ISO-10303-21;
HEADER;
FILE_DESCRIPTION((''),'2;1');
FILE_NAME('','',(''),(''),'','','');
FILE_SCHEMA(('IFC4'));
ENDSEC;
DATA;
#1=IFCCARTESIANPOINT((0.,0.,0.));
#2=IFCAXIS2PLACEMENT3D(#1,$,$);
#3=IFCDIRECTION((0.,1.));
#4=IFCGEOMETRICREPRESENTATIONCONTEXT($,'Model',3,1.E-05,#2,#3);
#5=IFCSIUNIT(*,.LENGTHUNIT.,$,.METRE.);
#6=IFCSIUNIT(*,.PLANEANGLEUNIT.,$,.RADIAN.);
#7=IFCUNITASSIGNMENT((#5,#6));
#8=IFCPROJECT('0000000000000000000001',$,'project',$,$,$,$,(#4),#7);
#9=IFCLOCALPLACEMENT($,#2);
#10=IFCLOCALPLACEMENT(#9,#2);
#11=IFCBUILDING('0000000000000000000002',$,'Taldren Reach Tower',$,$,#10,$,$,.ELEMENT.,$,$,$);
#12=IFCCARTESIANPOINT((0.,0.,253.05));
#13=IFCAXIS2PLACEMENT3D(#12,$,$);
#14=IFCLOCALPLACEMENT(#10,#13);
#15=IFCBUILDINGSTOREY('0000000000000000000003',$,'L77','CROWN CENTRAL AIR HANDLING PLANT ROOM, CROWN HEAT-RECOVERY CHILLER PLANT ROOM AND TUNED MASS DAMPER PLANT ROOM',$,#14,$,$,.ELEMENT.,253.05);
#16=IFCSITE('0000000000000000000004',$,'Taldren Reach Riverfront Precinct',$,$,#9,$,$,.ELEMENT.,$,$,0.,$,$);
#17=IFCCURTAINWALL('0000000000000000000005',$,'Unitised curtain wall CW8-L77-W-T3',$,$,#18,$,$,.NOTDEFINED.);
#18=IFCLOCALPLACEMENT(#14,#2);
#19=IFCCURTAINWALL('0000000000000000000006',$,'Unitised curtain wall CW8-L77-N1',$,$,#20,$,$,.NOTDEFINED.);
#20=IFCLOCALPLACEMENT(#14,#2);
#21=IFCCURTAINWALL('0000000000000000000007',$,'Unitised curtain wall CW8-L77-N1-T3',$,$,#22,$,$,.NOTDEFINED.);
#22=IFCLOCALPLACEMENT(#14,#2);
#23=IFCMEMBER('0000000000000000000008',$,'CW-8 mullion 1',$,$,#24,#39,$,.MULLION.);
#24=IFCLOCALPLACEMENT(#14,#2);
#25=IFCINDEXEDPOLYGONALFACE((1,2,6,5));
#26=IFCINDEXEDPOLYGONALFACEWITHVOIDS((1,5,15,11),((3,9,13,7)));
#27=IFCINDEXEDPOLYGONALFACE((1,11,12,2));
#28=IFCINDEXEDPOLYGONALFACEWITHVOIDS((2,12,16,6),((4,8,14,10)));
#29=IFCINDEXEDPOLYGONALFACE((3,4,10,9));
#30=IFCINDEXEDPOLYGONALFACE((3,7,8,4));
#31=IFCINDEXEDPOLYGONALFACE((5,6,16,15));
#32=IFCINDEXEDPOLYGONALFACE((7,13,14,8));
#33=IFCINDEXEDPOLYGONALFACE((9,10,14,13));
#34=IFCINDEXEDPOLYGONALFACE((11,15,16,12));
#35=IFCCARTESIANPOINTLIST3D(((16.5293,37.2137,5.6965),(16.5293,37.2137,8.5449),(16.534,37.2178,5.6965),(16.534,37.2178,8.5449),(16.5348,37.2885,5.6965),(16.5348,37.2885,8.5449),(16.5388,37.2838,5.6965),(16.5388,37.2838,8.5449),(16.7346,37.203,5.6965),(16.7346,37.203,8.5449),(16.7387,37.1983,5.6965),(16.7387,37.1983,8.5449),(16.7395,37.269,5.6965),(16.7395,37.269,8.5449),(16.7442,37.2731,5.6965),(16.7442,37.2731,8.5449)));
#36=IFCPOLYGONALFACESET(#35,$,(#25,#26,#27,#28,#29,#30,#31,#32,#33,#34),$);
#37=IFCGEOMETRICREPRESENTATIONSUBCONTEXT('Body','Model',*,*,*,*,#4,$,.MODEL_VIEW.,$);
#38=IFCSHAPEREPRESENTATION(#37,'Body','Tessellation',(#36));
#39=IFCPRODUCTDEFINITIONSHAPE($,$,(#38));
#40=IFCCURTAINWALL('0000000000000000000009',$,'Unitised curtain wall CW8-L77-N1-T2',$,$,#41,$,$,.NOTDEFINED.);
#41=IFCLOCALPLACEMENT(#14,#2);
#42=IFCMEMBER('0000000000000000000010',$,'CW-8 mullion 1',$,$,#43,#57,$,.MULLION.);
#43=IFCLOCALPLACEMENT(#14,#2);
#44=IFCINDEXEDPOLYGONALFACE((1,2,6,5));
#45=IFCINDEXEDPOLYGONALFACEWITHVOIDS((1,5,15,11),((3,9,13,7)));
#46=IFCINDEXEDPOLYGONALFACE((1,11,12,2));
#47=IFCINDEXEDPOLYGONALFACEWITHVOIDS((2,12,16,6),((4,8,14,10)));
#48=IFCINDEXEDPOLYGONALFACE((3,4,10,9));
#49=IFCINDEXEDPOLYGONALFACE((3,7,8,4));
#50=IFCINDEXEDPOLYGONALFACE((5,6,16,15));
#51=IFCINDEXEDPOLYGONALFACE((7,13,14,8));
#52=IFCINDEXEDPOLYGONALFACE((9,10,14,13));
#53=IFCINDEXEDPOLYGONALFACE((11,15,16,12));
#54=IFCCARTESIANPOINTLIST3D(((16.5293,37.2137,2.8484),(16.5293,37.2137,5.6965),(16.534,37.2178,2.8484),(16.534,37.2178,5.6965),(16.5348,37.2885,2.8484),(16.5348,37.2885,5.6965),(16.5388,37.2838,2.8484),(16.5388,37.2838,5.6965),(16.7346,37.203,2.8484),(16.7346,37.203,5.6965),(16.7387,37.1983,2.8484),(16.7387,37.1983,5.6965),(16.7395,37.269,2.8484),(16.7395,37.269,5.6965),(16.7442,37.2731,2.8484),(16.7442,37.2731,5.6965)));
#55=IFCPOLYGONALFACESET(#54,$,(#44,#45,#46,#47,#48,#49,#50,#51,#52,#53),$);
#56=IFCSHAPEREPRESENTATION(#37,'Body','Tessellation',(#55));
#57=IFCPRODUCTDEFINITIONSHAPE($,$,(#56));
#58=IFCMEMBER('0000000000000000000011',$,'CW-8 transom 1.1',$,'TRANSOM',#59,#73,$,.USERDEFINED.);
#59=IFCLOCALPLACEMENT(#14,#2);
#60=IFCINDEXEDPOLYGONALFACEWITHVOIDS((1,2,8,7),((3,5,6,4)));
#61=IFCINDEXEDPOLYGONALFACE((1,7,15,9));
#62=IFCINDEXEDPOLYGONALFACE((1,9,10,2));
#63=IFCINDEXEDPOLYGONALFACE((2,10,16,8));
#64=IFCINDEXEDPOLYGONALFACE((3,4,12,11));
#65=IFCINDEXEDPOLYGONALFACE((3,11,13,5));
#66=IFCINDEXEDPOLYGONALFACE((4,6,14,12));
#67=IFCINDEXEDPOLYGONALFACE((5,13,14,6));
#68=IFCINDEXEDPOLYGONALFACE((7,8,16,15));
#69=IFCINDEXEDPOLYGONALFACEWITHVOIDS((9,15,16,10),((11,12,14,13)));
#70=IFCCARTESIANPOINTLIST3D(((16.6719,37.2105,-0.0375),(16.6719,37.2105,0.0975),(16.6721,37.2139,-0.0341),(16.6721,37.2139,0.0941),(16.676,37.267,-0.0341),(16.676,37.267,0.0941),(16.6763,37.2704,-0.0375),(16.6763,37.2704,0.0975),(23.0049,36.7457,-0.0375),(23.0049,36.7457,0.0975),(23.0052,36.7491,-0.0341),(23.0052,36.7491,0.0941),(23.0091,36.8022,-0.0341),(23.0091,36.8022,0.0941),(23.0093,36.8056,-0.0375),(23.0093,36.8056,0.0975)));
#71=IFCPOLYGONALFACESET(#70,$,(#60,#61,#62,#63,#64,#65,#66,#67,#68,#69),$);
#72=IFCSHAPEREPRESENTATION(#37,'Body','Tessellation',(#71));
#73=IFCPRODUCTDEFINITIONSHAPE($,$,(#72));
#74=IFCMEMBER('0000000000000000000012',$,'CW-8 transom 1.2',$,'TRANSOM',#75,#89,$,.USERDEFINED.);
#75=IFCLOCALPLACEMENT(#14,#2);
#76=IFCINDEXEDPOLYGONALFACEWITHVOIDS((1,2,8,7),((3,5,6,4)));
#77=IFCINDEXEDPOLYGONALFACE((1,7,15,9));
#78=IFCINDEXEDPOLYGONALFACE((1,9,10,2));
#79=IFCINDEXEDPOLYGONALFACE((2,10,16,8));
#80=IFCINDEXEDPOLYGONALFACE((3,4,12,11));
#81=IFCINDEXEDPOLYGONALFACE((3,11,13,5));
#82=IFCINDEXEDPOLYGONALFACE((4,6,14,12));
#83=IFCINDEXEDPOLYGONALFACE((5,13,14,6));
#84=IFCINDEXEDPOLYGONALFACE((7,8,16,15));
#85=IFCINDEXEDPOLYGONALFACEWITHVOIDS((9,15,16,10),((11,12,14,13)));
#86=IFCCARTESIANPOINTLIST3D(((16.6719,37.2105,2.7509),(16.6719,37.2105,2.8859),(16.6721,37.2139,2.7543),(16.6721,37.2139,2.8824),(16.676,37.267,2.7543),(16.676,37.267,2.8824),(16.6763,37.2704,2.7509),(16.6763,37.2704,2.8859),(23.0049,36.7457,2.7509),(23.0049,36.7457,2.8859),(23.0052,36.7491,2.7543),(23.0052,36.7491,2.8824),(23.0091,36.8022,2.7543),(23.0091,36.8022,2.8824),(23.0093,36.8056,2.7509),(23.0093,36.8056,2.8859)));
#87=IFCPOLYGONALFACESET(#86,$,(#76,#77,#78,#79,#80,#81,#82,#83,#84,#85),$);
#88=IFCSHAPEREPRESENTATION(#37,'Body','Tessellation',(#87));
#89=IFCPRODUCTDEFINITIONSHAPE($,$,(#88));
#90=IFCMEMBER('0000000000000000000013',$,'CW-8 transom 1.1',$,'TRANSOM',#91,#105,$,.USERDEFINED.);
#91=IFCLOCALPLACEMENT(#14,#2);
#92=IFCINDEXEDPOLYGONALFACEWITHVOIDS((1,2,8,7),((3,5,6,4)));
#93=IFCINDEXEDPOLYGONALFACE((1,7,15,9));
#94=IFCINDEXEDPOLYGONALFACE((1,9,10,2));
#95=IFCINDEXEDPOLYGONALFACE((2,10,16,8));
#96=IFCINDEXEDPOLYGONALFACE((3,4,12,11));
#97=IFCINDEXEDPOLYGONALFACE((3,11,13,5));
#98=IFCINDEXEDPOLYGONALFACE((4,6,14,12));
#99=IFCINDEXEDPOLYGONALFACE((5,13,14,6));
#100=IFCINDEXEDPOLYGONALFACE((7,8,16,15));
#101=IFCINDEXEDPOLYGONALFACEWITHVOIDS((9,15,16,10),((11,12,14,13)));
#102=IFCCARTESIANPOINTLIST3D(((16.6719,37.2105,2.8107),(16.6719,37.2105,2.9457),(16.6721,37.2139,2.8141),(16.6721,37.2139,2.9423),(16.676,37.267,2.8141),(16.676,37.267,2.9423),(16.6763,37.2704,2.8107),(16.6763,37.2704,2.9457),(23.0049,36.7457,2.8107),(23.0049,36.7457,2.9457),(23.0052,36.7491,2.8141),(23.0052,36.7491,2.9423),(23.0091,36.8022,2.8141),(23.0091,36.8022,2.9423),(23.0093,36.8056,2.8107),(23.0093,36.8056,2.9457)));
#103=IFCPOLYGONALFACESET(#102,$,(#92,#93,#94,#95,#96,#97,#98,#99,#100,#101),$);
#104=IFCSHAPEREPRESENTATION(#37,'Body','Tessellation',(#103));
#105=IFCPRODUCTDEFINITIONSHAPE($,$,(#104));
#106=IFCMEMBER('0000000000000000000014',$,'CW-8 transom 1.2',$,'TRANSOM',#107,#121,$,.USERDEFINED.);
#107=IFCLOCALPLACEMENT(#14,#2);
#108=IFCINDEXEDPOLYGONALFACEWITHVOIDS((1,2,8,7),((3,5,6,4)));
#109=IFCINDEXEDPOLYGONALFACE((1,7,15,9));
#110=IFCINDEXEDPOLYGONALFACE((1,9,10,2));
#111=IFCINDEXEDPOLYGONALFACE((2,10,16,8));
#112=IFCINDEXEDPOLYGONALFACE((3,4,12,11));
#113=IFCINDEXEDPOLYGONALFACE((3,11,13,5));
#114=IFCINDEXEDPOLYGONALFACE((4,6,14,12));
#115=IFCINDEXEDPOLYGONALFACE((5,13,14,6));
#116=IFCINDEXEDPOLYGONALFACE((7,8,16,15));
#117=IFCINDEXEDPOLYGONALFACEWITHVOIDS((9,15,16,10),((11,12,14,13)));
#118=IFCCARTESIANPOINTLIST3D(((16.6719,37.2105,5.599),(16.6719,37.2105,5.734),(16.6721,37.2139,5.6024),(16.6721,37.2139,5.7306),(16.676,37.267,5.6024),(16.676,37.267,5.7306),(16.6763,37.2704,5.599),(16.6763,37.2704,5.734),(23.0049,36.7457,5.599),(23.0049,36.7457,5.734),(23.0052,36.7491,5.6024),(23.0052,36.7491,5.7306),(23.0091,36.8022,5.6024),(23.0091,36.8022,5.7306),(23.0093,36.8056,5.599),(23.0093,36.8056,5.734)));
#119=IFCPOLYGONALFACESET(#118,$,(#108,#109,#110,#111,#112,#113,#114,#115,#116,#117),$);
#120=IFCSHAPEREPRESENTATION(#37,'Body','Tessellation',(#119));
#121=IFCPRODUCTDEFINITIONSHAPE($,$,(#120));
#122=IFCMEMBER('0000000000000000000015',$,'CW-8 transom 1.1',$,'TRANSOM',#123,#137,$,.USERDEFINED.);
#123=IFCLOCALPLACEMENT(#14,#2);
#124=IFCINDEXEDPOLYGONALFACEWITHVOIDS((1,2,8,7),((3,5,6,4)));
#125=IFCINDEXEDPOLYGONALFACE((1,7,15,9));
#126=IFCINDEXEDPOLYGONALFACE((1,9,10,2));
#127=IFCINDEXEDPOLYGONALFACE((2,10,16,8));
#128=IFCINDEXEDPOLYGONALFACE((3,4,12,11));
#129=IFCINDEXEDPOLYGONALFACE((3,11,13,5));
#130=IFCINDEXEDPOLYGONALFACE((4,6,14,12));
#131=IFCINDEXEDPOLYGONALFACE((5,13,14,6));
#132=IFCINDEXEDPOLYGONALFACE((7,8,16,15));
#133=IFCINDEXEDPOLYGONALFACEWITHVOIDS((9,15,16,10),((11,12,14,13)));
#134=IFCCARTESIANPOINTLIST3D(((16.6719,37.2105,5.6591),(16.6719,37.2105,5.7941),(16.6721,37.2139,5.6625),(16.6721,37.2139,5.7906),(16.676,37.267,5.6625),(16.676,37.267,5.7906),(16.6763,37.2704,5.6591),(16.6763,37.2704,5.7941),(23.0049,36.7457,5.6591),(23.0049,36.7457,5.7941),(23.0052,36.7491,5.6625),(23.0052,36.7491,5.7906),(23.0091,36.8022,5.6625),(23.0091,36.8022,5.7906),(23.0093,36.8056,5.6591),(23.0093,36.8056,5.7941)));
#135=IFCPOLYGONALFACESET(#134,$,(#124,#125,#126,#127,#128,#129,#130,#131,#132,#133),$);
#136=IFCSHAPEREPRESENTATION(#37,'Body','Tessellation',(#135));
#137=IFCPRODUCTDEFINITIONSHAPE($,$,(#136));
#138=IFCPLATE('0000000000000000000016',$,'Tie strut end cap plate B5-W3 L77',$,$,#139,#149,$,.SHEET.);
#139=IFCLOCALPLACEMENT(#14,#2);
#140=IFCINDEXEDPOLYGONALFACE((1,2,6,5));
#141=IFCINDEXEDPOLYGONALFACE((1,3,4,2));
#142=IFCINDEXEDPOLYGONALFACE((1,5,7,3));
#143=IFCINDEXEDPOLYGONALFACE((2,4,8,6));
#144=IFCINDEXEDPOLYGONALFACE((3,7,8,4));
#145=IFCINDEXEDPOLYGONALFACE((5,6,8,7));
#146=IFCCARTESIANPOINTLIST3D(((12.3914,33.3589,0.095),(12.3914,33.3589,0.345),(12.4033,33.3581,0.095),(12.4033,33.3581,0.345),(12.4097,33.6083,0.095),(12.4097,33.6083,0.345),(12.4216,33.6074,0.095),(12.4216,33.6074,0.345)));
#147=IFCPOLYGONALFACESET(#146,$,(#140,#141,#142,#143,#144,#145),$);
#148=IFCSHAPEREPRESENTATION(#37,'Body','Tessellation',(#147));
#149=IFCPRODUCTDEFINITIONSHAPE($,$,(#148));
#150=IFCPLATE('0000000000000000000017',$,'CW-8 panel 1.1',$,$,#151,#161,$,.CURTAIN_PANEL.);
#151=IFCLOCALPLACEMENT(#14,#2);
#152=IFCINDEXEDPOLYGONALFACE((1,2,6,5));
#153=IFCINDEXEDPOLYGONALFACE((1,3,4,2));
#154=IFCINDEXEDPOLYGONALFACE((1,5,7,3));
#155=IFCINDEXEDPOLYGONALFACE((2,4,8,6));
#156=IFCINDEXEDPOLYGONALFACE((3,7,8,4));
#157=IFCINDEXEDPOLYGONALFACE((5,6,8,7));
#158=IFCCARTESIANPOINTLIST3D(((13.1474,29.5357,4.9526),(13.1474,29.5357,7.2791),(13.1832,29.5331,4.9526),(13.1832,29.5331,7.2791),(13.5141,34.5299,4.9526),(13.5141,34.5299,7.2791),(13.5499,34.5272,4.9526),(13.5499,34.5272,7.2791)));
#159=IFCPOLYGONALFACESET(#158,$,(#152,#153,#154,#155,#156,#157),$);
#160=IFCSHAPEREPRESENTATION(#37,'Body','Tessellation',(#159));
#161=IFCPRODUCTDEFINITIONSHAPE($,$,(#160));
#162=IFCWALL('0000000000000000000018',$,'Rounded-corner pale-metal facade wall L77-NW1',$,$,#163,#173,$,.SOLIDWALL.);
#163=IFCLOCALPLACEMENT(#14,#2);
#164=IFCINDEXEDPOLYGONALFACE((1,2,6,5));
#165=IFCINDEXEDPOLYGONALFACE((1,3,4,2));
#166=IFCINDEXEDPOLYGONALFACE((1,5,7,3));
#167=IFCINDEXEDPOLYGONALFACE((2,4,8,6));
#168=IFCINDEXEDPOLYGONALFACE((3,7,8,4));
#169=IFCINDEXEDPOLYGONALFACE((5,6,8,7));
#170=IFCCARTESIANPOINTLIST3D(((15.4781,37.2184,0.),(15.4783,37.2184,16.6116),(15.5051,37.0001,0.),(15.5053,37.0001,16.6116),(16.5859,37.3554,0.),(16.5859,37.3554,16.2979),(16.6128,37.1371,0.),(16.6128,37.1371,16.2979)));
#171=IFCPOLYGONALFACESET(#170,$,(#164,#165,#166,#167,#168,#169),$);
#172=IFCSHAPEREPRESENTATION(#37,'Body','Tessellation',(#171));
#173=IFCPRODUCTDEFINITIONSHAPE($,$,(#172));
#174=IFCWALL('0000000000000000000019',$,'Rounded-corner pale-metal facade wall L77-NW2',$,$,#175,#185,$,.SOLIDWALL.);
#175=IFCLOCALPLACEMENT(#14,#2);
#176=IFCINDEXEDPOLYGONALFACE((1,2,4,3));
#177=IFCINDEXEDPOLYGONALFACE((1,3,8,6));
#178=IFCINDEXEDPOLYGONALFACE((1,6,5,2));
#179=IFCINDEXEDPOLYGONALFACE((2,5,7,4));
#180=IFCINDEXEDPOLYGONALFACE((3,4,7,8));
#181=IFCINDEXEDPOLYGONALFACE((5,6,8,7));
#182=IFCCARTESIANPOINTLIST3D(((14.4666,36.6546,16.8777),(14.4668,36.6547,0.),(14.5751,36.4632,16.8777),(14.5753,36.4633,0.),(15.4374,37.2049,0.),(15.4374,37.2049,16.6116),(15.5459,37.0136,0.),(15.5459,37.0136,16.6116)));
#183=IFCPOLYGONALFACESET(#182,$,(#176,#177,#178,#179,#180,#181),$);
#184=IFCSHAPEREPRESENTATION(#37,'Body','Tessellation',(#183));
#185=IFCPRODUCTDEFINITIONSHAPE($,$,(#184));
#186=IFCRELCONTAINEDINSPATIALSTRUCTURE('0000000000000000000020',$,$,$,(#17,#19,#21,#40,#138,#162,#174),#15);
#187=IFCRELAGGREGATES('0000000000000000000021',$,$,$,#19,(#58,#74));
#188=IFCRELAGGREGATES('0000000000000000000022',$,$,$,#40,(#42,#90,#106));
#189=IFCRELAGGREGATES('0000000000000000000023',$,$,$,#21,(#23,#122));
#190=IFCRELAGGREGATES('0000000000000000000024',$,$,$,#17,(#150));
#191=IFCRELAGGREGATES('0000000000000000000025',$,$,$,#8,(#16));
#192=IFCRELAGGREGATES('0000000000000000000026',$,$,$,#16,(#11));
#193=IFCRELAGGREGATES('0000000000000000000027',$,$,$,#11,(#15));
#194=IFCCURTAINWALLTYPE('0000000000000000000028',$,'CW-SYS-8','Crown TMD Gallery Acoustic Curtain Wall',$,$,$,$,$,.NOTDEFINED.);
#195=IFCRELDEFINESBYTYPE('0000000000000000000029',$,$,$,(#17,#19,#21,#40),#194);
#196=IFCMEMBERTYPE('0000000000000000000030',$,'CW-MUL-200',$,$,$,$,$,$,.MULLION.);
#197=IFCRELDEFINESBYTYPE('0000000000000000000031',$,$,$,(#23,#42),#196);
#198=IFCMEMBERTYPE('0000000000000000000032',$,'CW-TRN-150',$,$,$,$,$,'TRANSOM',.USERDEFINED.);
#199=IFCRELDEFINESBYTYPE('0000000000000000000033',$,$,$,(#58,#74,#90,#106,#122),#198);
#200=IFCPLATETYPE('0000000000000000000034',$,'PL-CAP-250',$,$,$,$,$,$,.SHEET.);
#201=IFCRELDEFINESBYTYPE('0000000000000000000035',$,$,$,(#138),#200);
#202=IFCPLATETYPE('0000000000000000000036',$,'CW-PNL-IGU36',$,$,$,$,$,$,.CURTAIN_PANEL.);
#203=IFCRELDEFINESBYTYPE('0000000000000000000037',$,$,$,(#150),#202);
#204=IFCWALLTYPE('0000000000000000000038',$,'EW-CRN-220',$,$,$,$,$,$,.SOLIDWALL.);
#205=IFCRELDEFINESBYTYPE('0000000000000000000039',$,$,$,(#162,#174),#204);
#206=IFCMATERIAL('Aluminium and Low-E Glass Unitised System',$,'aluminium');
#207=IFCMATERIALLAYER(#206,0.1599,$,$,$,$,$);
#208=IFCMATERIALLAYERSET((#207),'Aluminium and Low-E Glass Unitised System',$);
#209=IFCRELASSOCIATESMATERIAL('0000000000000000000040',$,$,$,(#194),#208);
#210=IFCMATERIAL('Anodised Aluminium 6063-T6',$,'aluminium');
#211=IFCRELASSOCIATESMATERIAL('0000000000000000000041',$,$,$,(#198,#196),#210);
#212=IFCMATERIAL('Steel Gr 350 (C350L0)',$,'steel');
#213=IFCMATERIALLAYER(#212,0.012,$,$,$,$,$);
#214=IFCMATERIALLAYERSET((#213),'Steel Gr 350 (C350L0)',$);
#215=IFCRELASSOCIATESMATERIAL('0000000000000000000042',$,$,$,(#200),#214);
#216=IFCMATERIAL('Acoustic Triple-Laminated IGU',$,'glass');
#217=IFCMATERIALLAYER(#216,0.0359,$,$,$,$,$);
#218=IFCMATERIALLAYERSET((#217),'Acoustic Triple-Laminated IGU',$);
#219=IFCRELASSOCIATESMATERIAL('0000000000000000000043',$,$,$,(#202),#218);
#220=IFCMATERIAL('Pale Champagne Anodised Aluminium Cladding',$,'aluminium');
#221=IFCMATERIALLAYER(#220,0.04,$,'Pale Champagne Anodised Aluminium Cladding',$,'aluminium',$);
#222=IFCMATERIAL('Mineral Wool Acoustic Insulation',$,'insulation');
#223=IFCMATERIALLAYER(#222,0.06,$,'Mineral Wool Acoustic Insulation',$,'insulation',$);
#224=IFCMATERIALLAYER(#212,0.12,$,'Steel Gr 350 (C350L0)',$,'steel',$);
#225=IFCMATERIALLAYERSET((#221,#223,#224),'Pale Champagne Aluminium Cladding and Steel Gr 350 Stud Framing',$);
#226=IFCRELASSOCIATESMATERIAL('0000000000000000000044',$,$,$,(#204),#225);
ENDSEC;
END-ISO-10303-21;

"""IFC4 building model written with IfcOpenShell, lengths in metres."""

from ifc_helpers import new_model, si_unit, direction, frame, origin, origin_2d, place, context, subcontext, project, spatial, polyline, rectangle, hollow_rectangle, outline, extrude, source, transform, mapped, material, layer, layer_set, material_profile, profile_set, type_object, element, aggregate, save


model = new_model("IFC4")

# Units and contexts
model_context = context("Model", 3, precision=1e-05, world=origin(), true_north=direction((0.0, 1.0)))
body_context = subcontext(model_context, "Body", "Model", "MODEL_VIEW")
ifc_project = project(units=[si_unit("LENGTHUNIT", "METRE"), si_unit("PLANEANGLEUNIT", "RADIAN")], contexts=[model_context])

# Site, building, storey
site_placement = place(None, origin())
site = spatial("IfcSite", under=ifc_project, at=site_placement, Name="Taldren Reach Riverfront Precinct", CompositionType="ELEMENT", RefElevation=0.0)
building_placement = place(site_placement, origin())
building = spatial("IfcBuilding", under=site, at=building_placement, Name="Taldren Reach Tower", CompositionType="ELEMENT")
storey_placement = place(building_placement, frame((0.0, 0.0, 253.05)))
storey = spatial("IfcBuildingStorey", under=building, at=storey_placement, Name="L77", Description="CROWN CENTRAL AIR HANDLING PLANT ROOM, CROWN HEAT-RECOVERY CHILLER PLANT ROOM AND TUNED MASS DAMPER PLANT ROOM", CompositionType="ELEMENT", Elevation=253.05)

# Shared definitions
ifc_material_1 = material(Name="Steel Gr 350 (C350L0)", Category="steel")

# Shared definitions
ifc_material_2 = material(Name="Aluminium and Low-E Glass Unitised System", Category="aluminium")
ifc_layer_1 = layer(ifc_material_2, 0.1599)
ifc_layer_set_1 = layer_set([ifc_layer_1], Name="Aluminium and Low-E Glass Unitised System")
curtain_wall_type = type_object("IfcCurtainWallType", Name="CW-SYS-8", Description="Crown TMD Gallery Acoustic Curtain Wall", PredefinedType="NOTDEFINED", material=ifc_layer_set_1)
ifc_material_3 = material(Name="Anodised Aluminium 6063-T6", Category="aluminium")
ifc_material_profile_1 = material_profile(ifc_material_3, hollow_rectangle(XDim=0.0601, YDim=0.135, WallThickness=0.0034, at=origin_2d()), Name="ALU-135x60x3.5RHS")
ifc_profile_set_1 = profile_set([ifc_material_profile_1], Name="Anodised Aluminium 6063-T6")
member_type_1 = type_object("IfcMemberType", Name="CW-TRN-150", ElementType="TRANSOM", PredefinedType="USERDEFINED", material=ifc_profile_set_1)

# Curtain wall
curtain_wall_1_placement = place(storey_placement, origin())
curtain_wall_1 = element("IfcCurtainWall", 1, at=curtain_wall_1_placement, inside=storey, type_object=curtain_wall_type, Name="Unitised curtain wall CW8-L77-W-T3", PredefinedType="NOTDEFINED")

# Shared definitions
ifc_material_profile_2 = material_profile(ifc_material_3, hollow_rectangle(XDim=0.075, YDim=0.21, WallThickness=0.0044, at=origin_2d()), Name="ALU-210x75x4.5RHS")
ifc_profile_set_2 = profile_set([ifc_material_profile_2], Name="Anodised Aluminium 6063-T6")
member_type_2 = type_object("IfcMemberType", Name="CW-MUL-200", PredefinedType="MULLION", material=ifc_profile_set_2)

# Curtain walls, members
curtain_wall_2_placement = place(storey_placement, origin())
curtain_wall_2 = element("IfcCurtainWall", 2, at=curtain_wall_2_placement, inside=storey, type_object=curtain_wall_type, Name="Unitised curtain wall CW8-L77-N1", PredefinedType="NOTDEFINED")
shared_shape_1 = source(origin(), body_context, "Body", "SweptSolid", [
    extrude(hollow_rectangle(XDim=0.075, YDim=0.21, WallThickness=0.0044, at=origin_2d()), origin(), (0.0, 0.0, 1.0), 2.8484),
])
curtain_wall_3_placement = place(storey_placement, origin())
curtain_wall_3 = element("IfcCurtainWall", 3, at=curtain_wall_3_placement, inside=storey, type_object=curtain_wall_type, Name="Unitised curtain wall CW8-L77-N1-T3", PredefinedType="NOTDEFINED")
member_1_placement = place(storey_placement, frame((16.6367, 37.2434, 5.6965), z_axis=(0.0, 0.0, 1.0), x_axis=(0.073239, 0.997314, 0.0)))
member_1 = element("IfcMember", 4, at=member_1_placement, type_object=member_type_2, Name="CW-8 mullion 1", PredefinedType="MULLION", context=body_context, shape_type="MappedRepresentation", body=[
    mapped(shared_shape_1, transform((0.0, 0.0, 0.0), scale=1.0)),
])
curtain_wall_4_placement = place(storey_placement, origin())
curtain_wall_4 = element("IfcCurtainWall", 5, at=curtain_wall_4_placement, inside=storey, type_object=curtain_wall_type, Name="Unitised curtain wall CW8-L77-N1-T2", PredefinedType="NOTDEFINED")
shared_shape_2 = source(origin(), body_context, "Body", "SweptSolid", [
    extrude(hollow_rectangle(XDim=0.075, YDim=0.21, WallThickness=0.0044, at=origin_2d()), origin(), (0.0, 0.0, 1.0), 2.8481),
])
member_2_placement = place(storey_placement, frame((16.6367, 37.2434, 2.8484), z_axis=(0.0, 0.0, 1.0), x_axis=(0.073239, 0.997314, 0.0)))
member_2 = element("IfcMember", 6, at=member_2_placement, type_object=member_type_2, Name="CW-8 mullion 1", PredefinedType="MULLION", context=body_context, shape_type="MappedRepresentation", body=[
    mapped(shared_shape_2, transform((0.0, 0.0, 0.0), scale=1.0)),
])

# Members
shared_shape_3 = source(origin(), body_context, "Body", "SweptSolid", [
    extrude(hollow_rectangle(XDim=0.0601, YDim=0.135, WallThickness=0.0034, at=origin_2d()), origin(), (0.0, 0.0, 1.0), 6.3501),
])
member_3_placement = place(storey_placement, frame((16.6741, 37.2405, 0.03), z_axis=(0.997317, -0.073203, 0.0), x_axis=(0.073203, 0.997317, 0.0)))
member_3 = element("IfcMember", 7, at=member_3_placement, type_object=member_type_1, Name="CW-8 transom 1.1", ObjectType="TRANSOM", PredefinedType="USERDEFINED", context=body_context, shape_type="MappedRepresentation", body=[
    mapped(shared_shape_3, transform((0.0, 0.0, 0.0), scale=1.0)),
])
member_4_placement = place(storey_placement, frame((16.6741, 37.2405, 2.8184), z_axis=(0.997317, -0.073203, 0.0), x_axis=(0.073203, 0.997317, 0.0)))
member_4 = element("IfcMember", 8, at=member_4_placement, type_object=member_type_1, Name="CW-8 transom 1.2", ObjectType="TRANSOM", PredefinedType="USERDEFINED", context=body_context, shape_type="MappedRepresentation", body=[
    mapped(shared_shape_3, transform((0.0, 0.0, 0.0), scale=1.0)),
])
aggregate(curtain_wall_2, [member_3, member_4])
member_5_placement = place(storey_placement, frame((16.6741, 37.2405, 2.8782), z_axis=(0.997317, -0.073203, 0.0), x_axis=(0.073203, 0.997317, 0.0)))
member_5 = element("IfcMember", 9, at=member_5_placement, type_object=member_type_1, Name="CW-8 transom 1.1", ObjectType="TRANSOM", PredefinedType="USERDEFINED", context=body_context, shape_type="MappedRepresentation", body=[
    mapped(shared_shape_3, transform((0.0, 0.0, 0.0), scale=1.0)),
])
member_6_placement = place(storey_placement, frame((16.6741, 37.2405, 5.6665), z_axis=(0.997317, -0.073203, 0.0), x_axis=(0.073203, 0.997317, 0.0)))
member_6 = element("IfcMember", 10, at=member_6_placement, type_object=member_type_1, Name="CW-8 transom 1.2", ObjectType="TRANSOM", PredefinedType="USERDEFINED", context=body_context, shape_type="MappedRepresentation", body=[
    mapped(shared_shape_3, transform((0.0, 0.0, 0.0), scale=1.0)),
])
aggregate(curtain_wall_4, [member_2, member_5, member_6])
member_7_placement = place(storey_placement, frame((16.6741, 37.2405, 5.7266), z_axis=(0.997317, -0.073203, 0.0), x_axis=(0.073203, 0.997317, 0.0)))
member_7 = element("IfcMember", 11, at=member_7_placement, type_object=member_type_1, Name="CW-8 transom 1.1", ObjectType="TRANSOM", PredefinedType="USERDEFINED", context=body_context, shape_type="MappedRepresentation", body=[
    mapped(shared_shape_3, transform((0.0, 0.0, 0.0), scale=1.0)),
])
aggregate(curtain_wall_3, [member_1, member_7])

# Plates
ifc_layer_2 = layer(ifc_material_1, 0.012)
ifc_layer_set_2 = layer_set([ifc_layer_2], Name="Steel Gr 350 (C350L0)")
plate_type_1 = type_object("IfcPlateType", Name="PL-CAP-250", PredefinedType="SHEET", material=ifc_layer_set_2)
shared_shape_4 = source(origin(), body_context, "Body", "SweptSolid", [
    extrude(rectangle(XDim=0.012, YDim=0.25, at=origin_2d()), origin(), (0.0, 0.0, 1.0), 0.25),
])
plate_1_placement = place(storey_placement, frame((12.4065, 33.4832, 0.095), z_axis=(0.0, 0.0, 1.0), x_axis=(0.997314, -0.073238, 0.0)))
element("IfcPlate", 12, at=plate_1_placement, inside=storey, type_object=plate_type_1, Name="Tie strut end cap plate B5-W3 L77", PredefinedType="SHEET", context=body_context, shape_type="MappedRepresentation", body=[
    mapped(shared_shape_4, transform((0.0, 0.0, 0.0), scale=1.0)),
])
ifc_material_4 = material(Name="Acoustic Triple-Laminated IGU", Category="glass")
ifc_layer_3 = layer(ifc_material_4, 0.0359)
ifc_layer_set_3 = layer_set([ifc_layer_3], Name="Acoustic Triple-Laminated IGU")
plate_type_2 = type_object("IfcPlateType", Name="CW-PNL-IGU36", PredefinedType="CURTAIN_PANEL", material=ifc_layer_set_3)
shared_shape_5 = source(origin(), body_context, "Body", "SweptSolid", [
    extrude(rectangle(XDim=5.0076, YDim=0.0359, at=origin_2d()), origin(), (0.0, 0.0, 1.0), 2.3264),
])
plate_2_placement = place(storey_placement, frame((13.3486, 32.0315, 4.9526), z_axis=(0.0, 0.0, 1.0), x_axis=(-0.073238, -0.997314, 0.0)))
plate_2 = element("IfcPlate", 13, at=plate_2_placement, type_object=plate_type_2, Name="CW-8 panel 1.1", PredefinedType="CURTAIN_PANEL", context=body_context, shape_type="MappedRepresentation", body=[
    mapped(shared_shape_5, transform((0.0, 0.0, 0.0), scale=1.0)),
])
aggregate(curtain_wall_1, [plate_2])

# Walls
ifc_material_5 = material(Name="Pale Champagne Anodised Aluminium Cladding", Category="aluminium")
ifc_layer_4 = layer(ifc_material_5, 0.04, Name="Pale Champagne Anodised Aluminium Cladding", Category="aluminium")
ifc_material_6 = material(Name="Mineral Wool Acoustic Insulation", Category="insulation")
ifc_layer_5 = layer(ifc_material_6, 0.06, Name="Mineral Wool Acoustic Insulation", Category="insulation")
ifc_layer_6 = layer(ifc_material_1, 0.12, Name="Steel Gr 350 (C350L0)", Category="steel")
ifc_layer_set_4 = layer_set([ifc_layer_4, ifc_layer_5, ifc_layer_6], Name="Pale Champagne Aluminium Cladding and Steel Gr 350 Stud Framing")
wall_type = type_object("IfcWallType", Name="EW-CRN-220", PredefinedType="SOLIDWALL", material=ifc_layer_set_4)
wall_1_placement = place(storey_placement, frame((16.5994, 37.2461, 0.0), z_axis=(0.0, 0.0, 1.0), x_axis=(-0.992442, -0.122715, 0.0)))
element("IfcWall", 14, at=wall_1_placement, inside=storey, type_object=wall_type, Name="Rounded-corner pale-metal facade wall L77-NW1", PredefinedType="SOLIDWALL", context=body_context, shape_type="SweptSolid", body=[
    extrude(outline(polyline([(0.0, 0.0), (1.1162, 0.0), (1.116, 16.6116), (0.0, 16.2979), (0.0, 0.0)])), frame((0.0, 0.1099, 0.0), z_axis=(0.0, -1.0, 0.0), x_axis=(1.0, 0.0, 0.0)), (0.0, 0.0, 1.0), 0.22),
])
wall_2_placement = place(storey_placement, frame((15.4917, 37.1091, 0.0), z_axis=(0.0, 0.0, 1.0), x_axis=(-0.869935, -0.493167, 0.0)))
element("IfcWall", 15, at=wall_2_placement, inside=storey, type_object=wall_type, Name="Rounded-corner pale-metal facade wall L77-NW2", PredefinedType="SOLIDWALL", context=body_context, shape_type="SweptSolid", body=[
    extrude(outline(polyline([(0.0, 0.0), (1.1157, 0.0), (1.116, 16.8777), (0.0, 16.6116), (0.0, 0.0)])), frame((0.0, 0.1099, 0.0), z_axis=(0.0, -1.0, 0.0), x_axis=(1.0, 0.0, 0.0)), (0.0, 0.0, 1.0), 0.22),
])

save(model, "model.ifc")
